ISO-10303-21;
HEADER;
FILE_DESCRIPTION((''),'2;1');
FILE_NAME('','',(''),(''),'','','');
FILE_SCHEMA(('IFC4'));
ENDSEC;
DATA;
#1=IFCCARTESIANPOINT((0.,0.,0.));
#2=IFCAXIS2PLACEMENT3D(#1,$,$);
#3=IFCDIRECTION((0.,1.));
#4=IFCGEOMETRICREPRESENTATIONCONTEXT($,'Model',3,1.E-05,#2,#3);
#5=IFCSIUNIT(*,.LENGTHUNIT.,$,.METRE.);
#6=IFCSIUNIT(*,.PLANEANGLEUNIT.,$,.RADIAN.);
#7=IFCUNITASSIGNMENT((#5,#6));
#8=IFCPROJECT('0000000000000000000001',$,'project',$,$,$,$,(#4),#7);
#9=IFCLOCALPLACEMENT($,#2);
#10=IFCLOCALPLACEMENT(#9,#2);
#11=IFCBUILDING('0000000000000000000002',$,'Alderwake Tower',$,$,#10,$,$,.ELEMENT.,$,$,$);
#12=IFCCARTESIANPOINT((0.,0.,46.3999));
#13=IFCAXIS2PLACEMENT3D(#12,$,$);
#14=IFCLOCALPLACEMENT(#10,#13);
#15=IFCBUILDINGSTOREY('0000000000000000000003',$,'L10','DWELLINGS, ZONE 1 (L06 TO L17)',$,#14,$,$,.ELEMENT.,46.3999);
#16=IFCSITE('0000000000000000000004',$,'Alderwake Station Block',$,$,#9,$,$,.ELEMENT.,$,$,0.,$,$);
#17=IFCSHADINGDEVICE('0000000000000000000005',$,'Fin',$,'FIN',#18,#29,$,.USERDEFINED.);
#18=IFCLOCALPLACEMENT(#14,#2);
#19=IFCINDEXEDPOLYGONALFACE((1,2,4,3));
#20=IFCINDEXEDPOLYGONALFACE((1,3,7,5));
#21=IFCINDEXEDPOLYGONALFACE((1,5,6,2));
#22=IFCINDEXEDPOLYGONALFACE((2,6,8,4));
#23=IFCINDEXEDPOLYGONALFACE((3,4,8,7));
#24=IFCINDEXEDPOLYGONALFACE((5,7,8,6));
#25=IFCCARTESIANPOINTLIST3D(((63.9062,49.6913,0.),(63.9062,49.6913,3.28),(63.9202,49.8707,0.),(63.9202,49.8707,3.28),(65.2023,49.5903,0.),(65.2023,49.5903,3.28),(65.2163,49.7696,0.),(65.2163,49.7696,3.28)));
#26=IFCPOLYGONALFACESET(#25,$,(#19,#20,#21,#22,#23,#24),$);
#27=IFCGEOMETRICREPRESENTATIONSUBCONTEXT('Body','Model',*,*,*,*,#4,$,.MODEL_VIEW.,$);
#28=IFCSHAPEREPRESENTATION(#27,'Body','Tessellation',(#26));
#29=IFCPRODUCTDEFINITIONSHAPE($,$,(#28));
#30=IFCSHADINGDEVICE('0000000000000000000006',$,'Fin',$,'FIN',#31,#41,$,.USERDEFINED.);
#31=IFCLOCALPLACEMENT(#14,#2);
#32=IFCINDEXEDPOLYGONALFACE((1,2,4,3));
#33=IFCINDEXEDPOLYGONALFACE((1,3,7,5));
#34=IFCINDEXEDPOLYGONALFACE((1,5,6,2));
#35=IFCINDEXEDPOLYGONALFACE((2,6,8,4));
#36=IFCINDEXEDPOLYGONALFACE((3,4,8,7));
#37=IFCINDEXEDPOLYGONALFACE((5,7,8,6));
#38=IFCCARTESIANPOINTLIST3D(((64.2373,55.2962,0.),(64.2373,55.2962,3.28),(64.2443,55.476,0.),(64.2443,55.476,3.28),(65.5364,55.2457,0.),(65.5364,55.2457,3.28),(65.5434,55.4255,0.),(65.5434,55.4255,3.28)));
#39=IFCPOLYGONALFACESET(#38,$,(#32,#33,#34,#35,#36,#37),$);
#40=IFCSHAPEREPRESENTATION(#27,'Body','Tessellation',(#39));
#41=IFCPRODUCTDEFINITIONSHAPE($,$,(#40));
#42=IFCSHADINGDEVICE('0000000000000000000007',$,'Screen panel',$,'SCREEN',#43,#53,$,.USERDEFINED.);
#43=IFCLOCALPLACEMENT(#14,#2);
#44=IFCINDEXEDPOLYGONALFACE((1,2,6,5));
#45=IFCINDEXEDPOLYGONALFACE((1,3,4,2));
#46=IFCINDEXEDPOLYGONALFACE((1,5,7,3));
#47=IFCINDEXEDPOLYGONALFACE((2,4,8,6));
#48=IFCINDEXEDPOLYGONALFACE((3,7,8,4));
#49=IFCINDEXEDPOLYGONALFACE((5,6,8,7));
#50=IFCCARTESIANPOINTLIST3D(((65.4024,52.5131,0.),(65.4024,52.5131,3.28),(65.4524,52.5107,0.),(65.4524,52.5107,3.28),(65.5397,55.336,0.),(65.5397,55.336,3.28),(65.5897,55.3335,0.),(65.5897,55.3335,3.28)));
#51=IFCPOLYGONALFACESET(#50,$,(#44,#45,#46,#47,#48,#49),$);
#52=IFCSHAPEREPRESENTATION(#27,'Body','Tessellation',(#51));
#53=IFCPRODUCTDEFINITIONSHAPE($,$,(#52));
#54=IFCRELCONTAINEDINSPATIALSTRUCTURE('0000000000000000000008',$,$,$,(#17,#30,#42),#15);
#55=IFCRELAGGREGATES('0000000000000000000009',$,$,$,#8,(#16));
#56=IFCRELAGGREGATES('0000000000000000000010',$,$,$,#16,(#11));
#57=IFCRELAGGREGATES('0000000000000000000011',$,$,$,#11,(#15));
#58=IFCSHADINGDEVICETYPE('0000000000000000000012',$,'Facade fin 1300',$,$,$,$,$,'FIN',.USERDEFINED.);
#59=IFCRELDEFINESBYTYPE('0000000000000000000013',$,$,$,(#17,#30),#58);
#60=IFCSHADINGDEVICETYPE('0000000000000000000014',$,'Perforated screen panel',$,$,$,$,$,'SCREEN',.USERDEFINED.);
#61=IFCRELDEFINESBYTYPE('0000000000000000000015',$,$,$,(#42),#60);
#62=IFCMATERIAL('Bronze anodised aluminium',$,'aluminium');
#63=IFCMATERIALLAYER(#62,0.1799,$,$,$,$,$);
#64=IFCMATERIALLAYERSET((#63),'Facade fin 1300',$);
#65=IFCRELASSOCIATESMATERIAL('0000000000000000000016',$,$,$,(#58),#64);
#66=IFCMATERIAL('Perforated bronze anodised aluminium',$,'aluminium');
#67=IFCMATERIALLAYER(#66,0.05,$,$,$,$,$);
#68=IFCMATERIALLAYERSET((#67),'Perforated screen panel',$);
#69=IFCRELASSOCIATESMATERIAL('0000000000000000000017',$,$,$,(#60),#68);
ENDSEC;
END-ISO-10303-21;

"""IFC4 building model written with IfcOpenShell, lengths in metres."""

from ifc_helpers import new_model, si_unit, direction, frame, origin, origin_2d, place, context, subcontext, project, spatial, rectangle, extrude, material, layer, layer_set, type_object, element, save


model = new_model("IFC4")

# Units and contexts
model_context = context("Model", 3, precision=1e-05, world=origin(), true_north=direction((0.0, 1.0)))
body_context = subcontext(model_context, "Body", "Model", "MODEL_VIEW")
ifc_project = project(units=[si_unit("LENGTHUNIT", "METRE"), si_unit("PLANEANGLEUNIT", "RADIAN")], contexts=[model_context])

# Site, building, storey
site_placement = place(None, origin())
site = spatial("IfcSite", under=ifc_project, at=site_placement, Name="Alderwake Station Block", CompositionType="ELEMENT", RefElevation=0.0)
building_placement = place(site_placement, origin())
building = spatial("IfcBuilding", under=site, at=building_placement, Name="Alderwake Tower", CompositionType="ELEMENT")
storey_placement = place(building_placement, frame((0.0, 0.0, 46.3999)))
storey = spatial("IfcBuildingStorey", under=building, at=storey_placement, Name="L10", Description="DWELLINGS, ZONE 1 (L06 TO L17)", CompositionType="ELEMENT", Elevation=46.3999)

# Shading devices
ifc_material_1 = material(Name="Bronze anodised aluminium", Category="aluminium")
ifc_layer_1 = layer(ifc_material_1, 0.1799)
ifc_layer_set_1 = layer_set([ifc_layer_1], Name="Facade fin 1300")
shading_device_type_1 = type_object("IfcShadingDeviceType", Name="Facade fin 1300", ElementType="FIN", PredefinedType="USERDEFINED", material=ifc_layer_set_1)
for number, where, z_axis, x_axis, name in (
    (1, (64.5613, 49.7305, 0.0), (0.0, 0.0, 1.0), (0.996975, -0.077721, 0.0), "Fin"),
    (2, (64.8904, 55.3608, 0.0), (0.0, 0.0, 1.0), (0.999243, -0.03889, 0.0), "Fin"),
):
    element("IfcShadingDevice", number, at=place(storey_placement, frame(where, z_axis=z_axis, x_axis=x_axis)), inside=storey, type_object=shading_device_type_1, Name=name, ObjectType="FIN", PredefinedType="USERDEFINED", context=body_context, shape_type="SweptSolid", body=[
        extrude(rectangle(XDim=1.3, YDim=0.1799, at=origin_2d()), origin(), (0.0, 0.0, 1.0), 3.28),
    ])
ifc_material_2 = material(Name="Perforated bronze anodised aluminium", Category="aluminium")
ifc_layer_2 = layer(ifc_material_2, 0.05)
ifc_layer_set_2 = layer_set([ifc_layer_2], Name="Perforated screen panel")
shading_device_type_2 = type_object("IfcShadingDeviceType", Name="Perforated screen panel", ElementType="SCREEN", PredefinedType="USERDEFINED", material=ifc_layer_set_2)
shading_device_placement = place(storey_placement, frame((65.4961, 53.9233, 0.0), z_axis=(0.0, 0.0, 1.0), x_axis=(0.998819, -0.048581, 0.0)))
element("IfcShadingDevice", 3, at=shading_device_placement, inside=storey, type_object=shading_device_type_2, Name="Screen panel", ObjectType="SCREEN", PredefinedType="USERDEFINED", context=body_context, shape_type="SweptSolid", body=[
    extrude(rectangle(XDim=0.05, YDim=2.8262, at=origin_2d()), origin(), (0.0, 0.0, 1.0), 3.28),
])

save(model, "model.ifc")
